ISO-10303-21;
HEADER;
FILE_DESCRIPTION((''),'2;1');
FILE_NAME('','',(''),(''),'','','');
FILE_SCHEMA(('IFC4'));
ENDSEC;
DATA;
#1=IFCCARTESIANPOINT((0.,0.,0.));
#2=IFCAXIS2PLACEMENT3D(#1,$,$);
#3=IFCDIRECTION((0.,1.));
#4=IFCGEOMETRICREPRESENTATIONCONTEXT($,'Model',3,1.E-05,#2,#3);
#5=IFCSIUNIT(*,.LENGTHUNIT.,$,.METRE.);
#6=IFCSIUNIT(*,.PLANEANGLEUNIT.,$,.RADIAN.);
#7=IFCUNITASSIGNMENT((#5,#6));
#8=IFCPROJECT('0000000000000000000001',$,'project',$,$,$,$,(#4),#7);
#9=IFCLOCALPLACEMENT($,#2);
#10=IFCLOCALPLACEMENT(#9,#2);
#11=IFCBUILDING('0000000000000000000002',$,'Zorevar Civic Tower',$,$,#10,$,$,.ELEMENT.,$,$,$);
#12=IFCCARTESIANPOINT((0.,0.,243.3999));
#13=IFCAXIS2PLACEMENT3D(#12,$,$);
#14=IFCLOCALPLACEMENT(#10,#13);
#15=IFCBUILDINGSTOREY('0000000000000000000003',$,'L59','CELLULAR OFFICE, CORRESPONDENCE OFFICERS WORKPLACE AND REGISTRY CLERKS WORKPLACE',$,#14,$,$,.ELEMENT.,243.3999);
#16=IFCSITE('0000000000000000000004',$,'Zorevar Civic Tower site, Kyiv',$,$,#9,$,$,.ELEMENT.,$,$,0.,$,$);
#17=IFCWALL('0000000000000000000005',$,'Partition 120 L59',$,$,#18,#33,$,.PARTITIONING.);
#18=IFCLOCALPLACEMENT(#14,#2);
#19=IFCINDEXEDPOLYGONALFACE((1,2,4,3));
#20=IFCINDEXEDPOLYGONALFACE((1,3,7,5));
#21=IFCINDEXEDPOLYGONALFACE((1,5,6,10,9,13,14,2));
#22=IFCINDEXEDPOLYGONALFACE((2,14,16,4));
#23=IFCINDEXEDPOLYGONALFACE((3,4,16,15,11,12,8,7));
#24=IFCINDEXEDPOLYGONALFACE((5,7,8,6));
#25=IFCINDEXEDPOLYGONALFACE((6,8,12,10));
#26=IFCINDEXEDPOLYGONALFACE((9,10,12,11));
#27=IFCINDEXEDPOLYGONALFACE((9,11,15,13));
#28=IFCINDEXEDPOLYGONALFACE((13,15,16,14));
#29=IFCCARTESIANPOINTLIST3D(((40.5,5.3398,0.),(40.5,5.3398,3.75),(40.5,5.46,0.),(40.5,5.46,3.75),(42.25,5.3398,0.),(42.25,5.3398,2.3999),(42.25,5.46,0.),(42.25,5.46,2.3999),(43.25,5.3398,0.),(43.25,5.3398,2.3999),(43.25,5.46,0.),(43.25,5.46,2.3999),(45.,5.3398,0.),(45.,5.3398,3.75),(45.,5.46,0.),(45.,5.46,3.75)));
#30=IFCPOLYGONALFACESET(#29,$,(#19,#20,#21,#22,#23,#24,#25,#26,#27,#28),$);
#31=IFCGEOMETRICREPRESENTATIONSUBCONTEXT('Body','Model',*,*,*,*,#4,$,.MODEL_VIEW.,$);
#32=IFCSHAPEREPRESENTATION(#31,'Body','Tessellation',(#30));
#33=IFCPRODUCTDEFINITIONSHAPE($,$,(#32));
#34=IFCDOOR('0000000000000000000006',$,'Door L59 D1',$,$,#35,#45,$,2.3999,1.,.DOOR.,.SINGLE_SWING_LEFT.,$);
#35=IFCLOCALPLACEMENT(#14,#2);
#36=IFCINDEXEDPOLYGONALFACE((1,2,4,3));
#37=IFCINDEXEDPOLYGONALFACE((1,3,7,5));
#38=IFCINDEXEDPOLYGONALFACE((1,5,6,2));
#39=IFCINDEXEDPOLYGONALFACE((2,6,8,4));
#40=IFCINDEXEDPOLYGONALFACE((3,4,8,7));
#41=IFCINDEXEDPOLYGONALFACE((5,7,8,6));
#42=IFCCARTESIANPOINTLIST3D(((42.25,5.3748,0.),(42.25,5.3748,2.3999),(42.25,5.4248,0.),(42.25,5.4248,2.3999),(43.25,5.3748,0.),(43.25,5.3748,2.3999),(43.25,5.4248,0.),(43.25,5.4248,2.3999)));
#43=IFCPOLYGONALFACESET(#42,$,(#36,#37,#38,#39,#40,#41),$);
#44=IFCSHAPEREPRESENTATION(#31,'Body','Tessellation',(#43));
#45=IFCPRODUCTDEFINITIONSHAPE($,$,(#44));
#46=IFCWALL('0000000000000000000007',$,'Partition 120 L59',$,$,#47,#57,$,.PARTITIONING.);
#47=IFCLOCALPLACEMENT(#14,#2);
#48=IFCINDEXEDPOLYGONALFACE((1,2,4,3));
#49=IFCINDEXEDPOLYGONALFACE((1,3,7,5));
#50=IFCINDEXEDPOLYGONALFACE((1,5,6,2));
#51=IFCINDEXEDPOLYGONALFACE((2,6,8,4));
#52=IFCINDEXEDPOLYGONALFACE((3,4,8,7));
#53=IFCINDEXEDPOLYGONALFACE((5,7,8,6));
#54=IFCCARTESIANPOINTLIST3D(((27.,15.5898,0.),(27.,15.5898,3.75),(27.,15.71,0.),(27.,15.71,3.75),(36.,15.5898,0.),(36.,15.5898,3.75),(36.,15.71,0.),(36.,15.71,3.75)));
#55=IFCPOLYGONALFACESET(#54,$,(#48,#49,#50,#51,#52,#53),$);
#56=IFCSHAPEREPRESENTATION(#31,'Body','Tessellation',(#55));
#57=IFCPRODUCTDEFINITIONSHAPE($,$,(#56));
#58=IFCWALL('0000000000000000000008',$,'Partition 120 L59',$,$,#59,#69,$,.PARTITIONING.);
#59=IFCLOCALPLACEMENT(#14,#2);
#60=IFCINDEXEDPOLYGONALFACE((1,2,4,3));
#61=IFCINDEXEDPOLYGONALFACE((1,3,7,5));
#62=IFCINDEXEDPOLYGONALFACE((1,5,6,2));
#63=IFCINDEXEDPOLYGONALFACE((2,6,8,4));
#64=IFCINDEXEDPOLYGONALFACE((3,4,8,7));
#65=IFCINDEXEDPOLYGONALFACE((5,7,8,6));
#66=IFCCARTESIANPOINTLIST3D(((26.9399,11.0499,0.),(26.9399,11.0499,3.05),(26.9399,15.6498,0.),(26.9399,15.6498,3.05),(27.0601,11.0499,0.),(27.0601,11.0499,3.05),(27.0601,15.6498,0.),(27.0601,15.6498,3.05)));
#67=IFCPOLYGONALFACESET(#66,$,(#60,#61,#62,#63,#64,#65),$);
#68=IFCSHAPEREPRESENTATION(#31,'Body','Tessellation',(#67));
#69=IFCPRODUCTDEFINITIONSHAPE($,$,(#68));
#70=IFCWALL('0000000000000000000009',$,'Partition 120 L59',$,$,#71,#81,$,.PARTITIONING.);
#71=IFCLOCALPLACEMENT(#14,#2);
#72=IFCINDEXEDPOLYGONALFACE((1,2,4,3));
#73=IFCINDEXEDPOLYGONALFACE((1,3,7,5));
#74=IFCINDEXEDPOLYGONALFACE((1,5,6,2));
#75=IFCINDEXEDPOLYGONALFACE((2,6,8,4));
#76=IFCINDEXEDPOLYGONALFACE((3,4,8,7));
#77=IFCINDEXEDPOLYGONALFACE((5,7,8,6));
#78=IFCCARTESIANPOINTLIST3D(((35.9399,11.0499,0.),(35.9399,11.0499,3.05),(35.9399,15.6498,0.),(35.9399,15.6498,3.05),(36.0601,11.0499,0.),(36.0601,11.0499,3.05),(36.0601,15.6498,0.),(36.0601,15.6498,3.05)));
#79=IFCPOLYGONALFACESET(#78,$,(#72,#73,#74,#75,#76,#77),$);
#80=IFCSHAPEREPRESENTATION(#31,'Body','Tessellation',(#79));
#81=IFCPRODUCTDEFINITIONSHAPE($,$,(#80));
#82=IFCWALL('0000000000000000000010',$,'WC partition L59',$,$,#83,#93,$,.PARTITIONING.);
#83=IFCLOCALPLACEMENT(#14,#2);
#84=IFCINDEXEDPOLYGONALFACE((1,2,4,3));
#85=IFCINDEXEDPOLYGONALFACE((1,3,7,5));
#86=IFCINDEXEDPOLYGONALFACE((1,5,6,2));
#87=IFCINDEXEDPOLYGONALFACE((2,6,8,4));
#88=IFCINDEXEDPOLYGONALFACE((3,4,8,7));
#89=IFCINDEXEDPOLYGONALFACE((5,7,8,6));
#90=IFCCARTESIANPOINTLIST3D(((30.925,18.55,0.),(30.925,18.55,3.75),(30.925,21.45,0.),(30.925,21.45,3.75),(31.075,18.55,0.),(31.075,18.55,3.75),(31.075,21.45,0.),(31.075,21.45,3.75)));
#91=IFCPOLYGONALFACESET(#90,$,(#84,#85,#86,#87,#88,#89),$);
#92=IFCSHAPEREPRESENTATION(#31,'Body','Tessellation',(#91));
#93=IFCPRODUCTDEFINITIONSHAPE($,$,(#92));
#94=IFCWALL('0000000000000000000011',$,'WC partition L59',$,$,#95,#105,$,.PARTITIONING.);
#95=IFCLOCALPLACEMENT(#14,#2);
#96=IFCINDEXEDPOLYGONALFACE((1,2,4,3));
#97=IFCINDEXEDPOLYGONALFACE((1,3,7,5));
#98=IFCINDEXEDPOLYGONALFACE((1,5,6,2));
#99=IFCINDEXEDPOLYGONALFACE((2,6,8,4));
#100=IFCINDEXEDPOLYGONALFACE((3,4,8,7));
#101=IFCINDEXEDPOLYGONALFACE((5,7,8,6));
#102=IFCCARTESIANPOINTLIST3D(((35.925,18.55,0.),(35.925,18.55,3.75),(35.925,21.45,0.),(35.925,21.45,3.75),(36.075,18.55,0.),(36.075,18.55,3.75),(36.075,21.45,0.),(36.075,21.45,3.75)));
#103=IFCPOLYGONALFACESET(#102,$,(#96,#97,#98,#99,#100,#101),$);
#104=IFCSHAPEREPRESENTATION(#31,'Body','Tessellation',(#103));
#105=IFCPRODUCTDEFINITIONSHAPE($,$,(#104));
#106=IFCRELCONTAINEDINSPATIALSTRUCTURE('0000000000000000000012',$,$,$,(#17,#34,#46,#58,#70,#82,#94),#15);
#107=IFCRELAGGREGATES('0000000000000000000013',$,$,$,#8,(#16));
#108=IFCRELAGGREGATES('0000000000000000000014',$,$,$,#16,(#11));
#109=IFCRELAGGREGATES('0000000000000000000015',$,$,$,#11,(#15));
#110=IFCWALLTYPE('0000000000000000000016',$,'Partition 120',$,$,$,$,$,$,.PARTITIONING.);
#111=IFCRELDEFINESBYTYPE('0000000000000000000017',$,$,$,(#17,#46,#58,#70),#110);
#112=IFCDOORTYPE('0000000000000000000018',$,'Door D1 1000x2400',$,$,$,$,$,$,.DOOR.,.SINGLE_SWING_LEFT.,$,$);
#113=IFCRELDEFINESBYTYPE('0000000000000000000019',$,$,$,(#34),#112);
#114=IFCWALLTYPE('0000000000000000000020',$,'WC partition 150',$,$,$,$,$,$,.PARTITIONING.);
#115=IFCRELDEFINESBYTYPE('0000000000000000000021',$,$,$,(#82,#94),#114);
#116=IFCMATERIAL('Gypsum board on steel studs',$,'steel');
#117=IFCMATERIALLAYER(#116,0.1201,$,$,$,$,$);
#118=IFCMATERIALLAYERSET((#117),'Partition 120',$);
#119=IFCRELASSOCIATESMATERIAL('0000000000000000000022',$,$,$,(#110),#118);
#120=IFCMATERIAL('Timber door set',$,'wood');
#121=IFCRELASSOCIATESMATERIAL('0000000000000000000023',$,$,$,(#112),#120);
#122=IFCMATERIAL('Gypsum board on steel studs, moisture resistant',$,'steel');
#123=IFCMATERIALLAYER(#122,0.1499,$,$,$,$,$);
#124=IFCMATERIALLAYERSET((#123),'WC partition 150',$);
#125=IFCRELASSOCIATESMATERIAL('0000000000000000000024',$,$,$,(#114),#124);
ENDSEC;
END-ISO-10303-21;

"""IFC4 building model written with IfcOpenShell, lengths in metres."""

from ifc_helpers import new_model, si_unit, direction, frame, frame_2d, origin, place, context, subcontext, project, spatial, rectangle, extrude, material, layer, layer_set, type_object, element, fill, save


model = new_model("IFC4")

# Units and contexts
model_context = context("Model", 3, precision=1e-05, world=origin(), true_north=direction((0.0, 1.0)))
body_context = subcontext(model_context, "Body", "Model", "MODEL_VIEW")
ifc_project = project(units=[si_unit("LENGTHUNIT", "METRE"), si_unit("PLANEANGLEUNIT", "RADIAN")], contexts=[model_context])

# Site, building, storey
site_placement = place(None, origin())
site = spatial("IfcSite", under=ifc_project, at=site_placement, Name="Zorevar Civic Tower site, Kyiv", CompositionType="ELEMENT", RefElevation=0.0)
building_placement = place(site_placement, origin())
building = spatial("IfcBuilding", under=site, at=building_placement, Name="Zorevar Civic Tower", CompositionType="ELEMENT")
storey_placement = place(building_placement, frame((0.0, 0.0, 243.3999)))
storey = spatial("IfcBuildingStorey", under=building, at=storey_placement, Name="L59", Description="CELLULAR OFFICE, CORRESPONDENCE OFFICERS WORKPLACE AND REGISTRY CLERKS WORKPLACE", CompositionType="ELEMENT", Elevation=243.3999)

# Wall, opening, door
ifc_material_1 = material(Name="Gypsum board on steel studs", Category="steel")
ifc_layer_1 = layer(ifc_material_1, 0.1201)
ifc_layer_set_1 = layer_set([ifc_layer_1], Name="Partition 120")
wall_type_1 = type_object("IfcWallType", Name="Partition 120", PredefinedType="PARTITIONING", material=ifc_layer_set_1)
ifc_material_2 = material(Name="Timber door set", Category="wood")
door_type_1 = type_object("IfcDoorType", Name="Door D1 1000x2400", OperationType="SINGLE_SWING_LEFT", PredefinedType="DOOR", material=ifc_material_2)
wall_1_placement = place(storey_placement, frame((40.5, 5.3999, 0.0), z_axis=(0.0, 0.0, 1.0), x_axis=(1.0, 0.0, 0.0)))
wall_1 = element("IfcWall", 1, at=wall_1_placement, inside=storey, type_object=wall_type_1, Name="Partition 120 L59", PredefinedType="PARTITIONING", context=body_context, shape_type="SweptSolid", body=[
    extrude(rectangle(XDim=4.5, YDim=0.1201, at=frame_2d((2.25, 0.0))), origin(), (0.0, 0.0, 1.0), 3.75),
])
opening_1_placement = place(wall_1_placement, frame((1.75, 0.0, 0.0)))
opening_1 = element("IfcOpeningElement", 2, at=opening_1_placement, cuts=wall_1, PredefinedType="OPENING", context=body_context, shape_type="SweptSolid", body=[
    extrude(rectangle(XDim=1.0, YDim=2.3999, at=frame_2d((0.5, 1.2))), frame((0.0, 0.0701, 0.0), z_axis=(0.0, -1.0, 0.0), x_axis=(1.0, 0.0, 0.0)), (0.0, 0.0, 1.0), 0.1401),
])
door_1_placement = place(opening_1_placement, origin())
door_1 = element("IfcDoor", 3, at=door_1_placement, inside=storey, type_object=door_type_1, Name="Door L59 D1", OperationType="SINGLE_SWING_LEFT", OverallHeight=2.3999, OverallWidth=1.0, PredefinedType="DOOR", context=body_context, shape_type="SweptSolid", body=[
    extrude(rectangle(XDim=1.0, YDim=2.3999, at=frame_2d((0.5, 1.2))), frame((0.0, 0.0249, 0.0), z_axis=(0.0, -1.0, 0.0), x_axis=(1.0, 0.0, 0.0)), (0.0, 0.0, 1.0), 0.05),
])
fill(opening_1, door_1)

# Walls
wall_2_placement = place(storey_placement, frame((27.0, 15.6499, 0.0), z_axis=(0.0, 0.0, 1.0), x_axis=(1.0, 0.0, 0.0)))
element("IfcWall", 4, at=wall_2_placement, inside=storey, type_object=wall_type_1, Name="Partition 120 L59", PredefinedType="PARTITIONING", context=body_context, shape_type="SweptSolid", body=[
    extrude(rectangle(XDim=9.0, YDim=0.1201, at=frame_2d((4.5, 0.0))), origin(), (0.0, 0.0, 1.0), 3.75),
])
for number, where, z_axis, x_axis, name in (
    (5, (27.0, 11.05, 0.0), (0.0, 0.0, 1.0), (0.0, 1.0, 0.0), "Partition 120 L59"),
    (6, (36.0, 11.05, 0.0), (0.0, 0.0, 1.0), (0.0, 1.0, 0.0), "Partition 120 L59"),
):
    element("IfcWall", number, at=place(storey_placement, frame(where, z_axis=z_axis, x_axis=x_axis)), inside=storey, type_object=wall_type_1, Name=name, PredefinedType="PARTITIONING", context=body_context, shape_type="SweptSolid", body=[
        extrude(rectangle(XDim=4.5999, YDim=0.1201, at=frame_2d((2.2998, 0.0))), origin(), (0.0, 0.0, 1.0), 3.05),
    ])
ifc_material_3 = material(Name="Gypsum board on steel studs, moisture resistant", Category="steel")
ifc_layer_2 = layer(ifc_material_3, 0.1499)
ifc_layer_set_2 = layer_set([ifc_layer_2], Name="WC partition 150")
wall_type_2 = type_object("IfcWallType", Name="WC partition 150", PredefinedType="PARTITIONING", material=ifc_layer_set_2)
for number, where, z_axis, x_axis, name in (
    (7, (31.0, 18.55, 0.0), (0.0, 0.0, 1.0), (0.0, 1.0, 0.0), "WC partition L59"),
    (8, (36.0, 18.55, 0.0), (0.0, 0.0, 1.0), (0.0, 1.0, 0.0), "WC partition L59"),
):
    element("IfcWall", number, at=place(storey_placement, frame(where, z_axis=z_axis, x_axis=x_axis)), inside=storey, type_object=wall_type_2, Name=name, PredefinedType="PARTITIONING", context=body_context, shape_type="SweptSolid", body=[
        extrude(rectangle(XDim=2.8999, YDim=0.1499, at=frame_2d((1.45, 0.0))), origin(), (0.0, 0.0, 1.0), 3.75),
    ])

save(model, "model.ifc")
